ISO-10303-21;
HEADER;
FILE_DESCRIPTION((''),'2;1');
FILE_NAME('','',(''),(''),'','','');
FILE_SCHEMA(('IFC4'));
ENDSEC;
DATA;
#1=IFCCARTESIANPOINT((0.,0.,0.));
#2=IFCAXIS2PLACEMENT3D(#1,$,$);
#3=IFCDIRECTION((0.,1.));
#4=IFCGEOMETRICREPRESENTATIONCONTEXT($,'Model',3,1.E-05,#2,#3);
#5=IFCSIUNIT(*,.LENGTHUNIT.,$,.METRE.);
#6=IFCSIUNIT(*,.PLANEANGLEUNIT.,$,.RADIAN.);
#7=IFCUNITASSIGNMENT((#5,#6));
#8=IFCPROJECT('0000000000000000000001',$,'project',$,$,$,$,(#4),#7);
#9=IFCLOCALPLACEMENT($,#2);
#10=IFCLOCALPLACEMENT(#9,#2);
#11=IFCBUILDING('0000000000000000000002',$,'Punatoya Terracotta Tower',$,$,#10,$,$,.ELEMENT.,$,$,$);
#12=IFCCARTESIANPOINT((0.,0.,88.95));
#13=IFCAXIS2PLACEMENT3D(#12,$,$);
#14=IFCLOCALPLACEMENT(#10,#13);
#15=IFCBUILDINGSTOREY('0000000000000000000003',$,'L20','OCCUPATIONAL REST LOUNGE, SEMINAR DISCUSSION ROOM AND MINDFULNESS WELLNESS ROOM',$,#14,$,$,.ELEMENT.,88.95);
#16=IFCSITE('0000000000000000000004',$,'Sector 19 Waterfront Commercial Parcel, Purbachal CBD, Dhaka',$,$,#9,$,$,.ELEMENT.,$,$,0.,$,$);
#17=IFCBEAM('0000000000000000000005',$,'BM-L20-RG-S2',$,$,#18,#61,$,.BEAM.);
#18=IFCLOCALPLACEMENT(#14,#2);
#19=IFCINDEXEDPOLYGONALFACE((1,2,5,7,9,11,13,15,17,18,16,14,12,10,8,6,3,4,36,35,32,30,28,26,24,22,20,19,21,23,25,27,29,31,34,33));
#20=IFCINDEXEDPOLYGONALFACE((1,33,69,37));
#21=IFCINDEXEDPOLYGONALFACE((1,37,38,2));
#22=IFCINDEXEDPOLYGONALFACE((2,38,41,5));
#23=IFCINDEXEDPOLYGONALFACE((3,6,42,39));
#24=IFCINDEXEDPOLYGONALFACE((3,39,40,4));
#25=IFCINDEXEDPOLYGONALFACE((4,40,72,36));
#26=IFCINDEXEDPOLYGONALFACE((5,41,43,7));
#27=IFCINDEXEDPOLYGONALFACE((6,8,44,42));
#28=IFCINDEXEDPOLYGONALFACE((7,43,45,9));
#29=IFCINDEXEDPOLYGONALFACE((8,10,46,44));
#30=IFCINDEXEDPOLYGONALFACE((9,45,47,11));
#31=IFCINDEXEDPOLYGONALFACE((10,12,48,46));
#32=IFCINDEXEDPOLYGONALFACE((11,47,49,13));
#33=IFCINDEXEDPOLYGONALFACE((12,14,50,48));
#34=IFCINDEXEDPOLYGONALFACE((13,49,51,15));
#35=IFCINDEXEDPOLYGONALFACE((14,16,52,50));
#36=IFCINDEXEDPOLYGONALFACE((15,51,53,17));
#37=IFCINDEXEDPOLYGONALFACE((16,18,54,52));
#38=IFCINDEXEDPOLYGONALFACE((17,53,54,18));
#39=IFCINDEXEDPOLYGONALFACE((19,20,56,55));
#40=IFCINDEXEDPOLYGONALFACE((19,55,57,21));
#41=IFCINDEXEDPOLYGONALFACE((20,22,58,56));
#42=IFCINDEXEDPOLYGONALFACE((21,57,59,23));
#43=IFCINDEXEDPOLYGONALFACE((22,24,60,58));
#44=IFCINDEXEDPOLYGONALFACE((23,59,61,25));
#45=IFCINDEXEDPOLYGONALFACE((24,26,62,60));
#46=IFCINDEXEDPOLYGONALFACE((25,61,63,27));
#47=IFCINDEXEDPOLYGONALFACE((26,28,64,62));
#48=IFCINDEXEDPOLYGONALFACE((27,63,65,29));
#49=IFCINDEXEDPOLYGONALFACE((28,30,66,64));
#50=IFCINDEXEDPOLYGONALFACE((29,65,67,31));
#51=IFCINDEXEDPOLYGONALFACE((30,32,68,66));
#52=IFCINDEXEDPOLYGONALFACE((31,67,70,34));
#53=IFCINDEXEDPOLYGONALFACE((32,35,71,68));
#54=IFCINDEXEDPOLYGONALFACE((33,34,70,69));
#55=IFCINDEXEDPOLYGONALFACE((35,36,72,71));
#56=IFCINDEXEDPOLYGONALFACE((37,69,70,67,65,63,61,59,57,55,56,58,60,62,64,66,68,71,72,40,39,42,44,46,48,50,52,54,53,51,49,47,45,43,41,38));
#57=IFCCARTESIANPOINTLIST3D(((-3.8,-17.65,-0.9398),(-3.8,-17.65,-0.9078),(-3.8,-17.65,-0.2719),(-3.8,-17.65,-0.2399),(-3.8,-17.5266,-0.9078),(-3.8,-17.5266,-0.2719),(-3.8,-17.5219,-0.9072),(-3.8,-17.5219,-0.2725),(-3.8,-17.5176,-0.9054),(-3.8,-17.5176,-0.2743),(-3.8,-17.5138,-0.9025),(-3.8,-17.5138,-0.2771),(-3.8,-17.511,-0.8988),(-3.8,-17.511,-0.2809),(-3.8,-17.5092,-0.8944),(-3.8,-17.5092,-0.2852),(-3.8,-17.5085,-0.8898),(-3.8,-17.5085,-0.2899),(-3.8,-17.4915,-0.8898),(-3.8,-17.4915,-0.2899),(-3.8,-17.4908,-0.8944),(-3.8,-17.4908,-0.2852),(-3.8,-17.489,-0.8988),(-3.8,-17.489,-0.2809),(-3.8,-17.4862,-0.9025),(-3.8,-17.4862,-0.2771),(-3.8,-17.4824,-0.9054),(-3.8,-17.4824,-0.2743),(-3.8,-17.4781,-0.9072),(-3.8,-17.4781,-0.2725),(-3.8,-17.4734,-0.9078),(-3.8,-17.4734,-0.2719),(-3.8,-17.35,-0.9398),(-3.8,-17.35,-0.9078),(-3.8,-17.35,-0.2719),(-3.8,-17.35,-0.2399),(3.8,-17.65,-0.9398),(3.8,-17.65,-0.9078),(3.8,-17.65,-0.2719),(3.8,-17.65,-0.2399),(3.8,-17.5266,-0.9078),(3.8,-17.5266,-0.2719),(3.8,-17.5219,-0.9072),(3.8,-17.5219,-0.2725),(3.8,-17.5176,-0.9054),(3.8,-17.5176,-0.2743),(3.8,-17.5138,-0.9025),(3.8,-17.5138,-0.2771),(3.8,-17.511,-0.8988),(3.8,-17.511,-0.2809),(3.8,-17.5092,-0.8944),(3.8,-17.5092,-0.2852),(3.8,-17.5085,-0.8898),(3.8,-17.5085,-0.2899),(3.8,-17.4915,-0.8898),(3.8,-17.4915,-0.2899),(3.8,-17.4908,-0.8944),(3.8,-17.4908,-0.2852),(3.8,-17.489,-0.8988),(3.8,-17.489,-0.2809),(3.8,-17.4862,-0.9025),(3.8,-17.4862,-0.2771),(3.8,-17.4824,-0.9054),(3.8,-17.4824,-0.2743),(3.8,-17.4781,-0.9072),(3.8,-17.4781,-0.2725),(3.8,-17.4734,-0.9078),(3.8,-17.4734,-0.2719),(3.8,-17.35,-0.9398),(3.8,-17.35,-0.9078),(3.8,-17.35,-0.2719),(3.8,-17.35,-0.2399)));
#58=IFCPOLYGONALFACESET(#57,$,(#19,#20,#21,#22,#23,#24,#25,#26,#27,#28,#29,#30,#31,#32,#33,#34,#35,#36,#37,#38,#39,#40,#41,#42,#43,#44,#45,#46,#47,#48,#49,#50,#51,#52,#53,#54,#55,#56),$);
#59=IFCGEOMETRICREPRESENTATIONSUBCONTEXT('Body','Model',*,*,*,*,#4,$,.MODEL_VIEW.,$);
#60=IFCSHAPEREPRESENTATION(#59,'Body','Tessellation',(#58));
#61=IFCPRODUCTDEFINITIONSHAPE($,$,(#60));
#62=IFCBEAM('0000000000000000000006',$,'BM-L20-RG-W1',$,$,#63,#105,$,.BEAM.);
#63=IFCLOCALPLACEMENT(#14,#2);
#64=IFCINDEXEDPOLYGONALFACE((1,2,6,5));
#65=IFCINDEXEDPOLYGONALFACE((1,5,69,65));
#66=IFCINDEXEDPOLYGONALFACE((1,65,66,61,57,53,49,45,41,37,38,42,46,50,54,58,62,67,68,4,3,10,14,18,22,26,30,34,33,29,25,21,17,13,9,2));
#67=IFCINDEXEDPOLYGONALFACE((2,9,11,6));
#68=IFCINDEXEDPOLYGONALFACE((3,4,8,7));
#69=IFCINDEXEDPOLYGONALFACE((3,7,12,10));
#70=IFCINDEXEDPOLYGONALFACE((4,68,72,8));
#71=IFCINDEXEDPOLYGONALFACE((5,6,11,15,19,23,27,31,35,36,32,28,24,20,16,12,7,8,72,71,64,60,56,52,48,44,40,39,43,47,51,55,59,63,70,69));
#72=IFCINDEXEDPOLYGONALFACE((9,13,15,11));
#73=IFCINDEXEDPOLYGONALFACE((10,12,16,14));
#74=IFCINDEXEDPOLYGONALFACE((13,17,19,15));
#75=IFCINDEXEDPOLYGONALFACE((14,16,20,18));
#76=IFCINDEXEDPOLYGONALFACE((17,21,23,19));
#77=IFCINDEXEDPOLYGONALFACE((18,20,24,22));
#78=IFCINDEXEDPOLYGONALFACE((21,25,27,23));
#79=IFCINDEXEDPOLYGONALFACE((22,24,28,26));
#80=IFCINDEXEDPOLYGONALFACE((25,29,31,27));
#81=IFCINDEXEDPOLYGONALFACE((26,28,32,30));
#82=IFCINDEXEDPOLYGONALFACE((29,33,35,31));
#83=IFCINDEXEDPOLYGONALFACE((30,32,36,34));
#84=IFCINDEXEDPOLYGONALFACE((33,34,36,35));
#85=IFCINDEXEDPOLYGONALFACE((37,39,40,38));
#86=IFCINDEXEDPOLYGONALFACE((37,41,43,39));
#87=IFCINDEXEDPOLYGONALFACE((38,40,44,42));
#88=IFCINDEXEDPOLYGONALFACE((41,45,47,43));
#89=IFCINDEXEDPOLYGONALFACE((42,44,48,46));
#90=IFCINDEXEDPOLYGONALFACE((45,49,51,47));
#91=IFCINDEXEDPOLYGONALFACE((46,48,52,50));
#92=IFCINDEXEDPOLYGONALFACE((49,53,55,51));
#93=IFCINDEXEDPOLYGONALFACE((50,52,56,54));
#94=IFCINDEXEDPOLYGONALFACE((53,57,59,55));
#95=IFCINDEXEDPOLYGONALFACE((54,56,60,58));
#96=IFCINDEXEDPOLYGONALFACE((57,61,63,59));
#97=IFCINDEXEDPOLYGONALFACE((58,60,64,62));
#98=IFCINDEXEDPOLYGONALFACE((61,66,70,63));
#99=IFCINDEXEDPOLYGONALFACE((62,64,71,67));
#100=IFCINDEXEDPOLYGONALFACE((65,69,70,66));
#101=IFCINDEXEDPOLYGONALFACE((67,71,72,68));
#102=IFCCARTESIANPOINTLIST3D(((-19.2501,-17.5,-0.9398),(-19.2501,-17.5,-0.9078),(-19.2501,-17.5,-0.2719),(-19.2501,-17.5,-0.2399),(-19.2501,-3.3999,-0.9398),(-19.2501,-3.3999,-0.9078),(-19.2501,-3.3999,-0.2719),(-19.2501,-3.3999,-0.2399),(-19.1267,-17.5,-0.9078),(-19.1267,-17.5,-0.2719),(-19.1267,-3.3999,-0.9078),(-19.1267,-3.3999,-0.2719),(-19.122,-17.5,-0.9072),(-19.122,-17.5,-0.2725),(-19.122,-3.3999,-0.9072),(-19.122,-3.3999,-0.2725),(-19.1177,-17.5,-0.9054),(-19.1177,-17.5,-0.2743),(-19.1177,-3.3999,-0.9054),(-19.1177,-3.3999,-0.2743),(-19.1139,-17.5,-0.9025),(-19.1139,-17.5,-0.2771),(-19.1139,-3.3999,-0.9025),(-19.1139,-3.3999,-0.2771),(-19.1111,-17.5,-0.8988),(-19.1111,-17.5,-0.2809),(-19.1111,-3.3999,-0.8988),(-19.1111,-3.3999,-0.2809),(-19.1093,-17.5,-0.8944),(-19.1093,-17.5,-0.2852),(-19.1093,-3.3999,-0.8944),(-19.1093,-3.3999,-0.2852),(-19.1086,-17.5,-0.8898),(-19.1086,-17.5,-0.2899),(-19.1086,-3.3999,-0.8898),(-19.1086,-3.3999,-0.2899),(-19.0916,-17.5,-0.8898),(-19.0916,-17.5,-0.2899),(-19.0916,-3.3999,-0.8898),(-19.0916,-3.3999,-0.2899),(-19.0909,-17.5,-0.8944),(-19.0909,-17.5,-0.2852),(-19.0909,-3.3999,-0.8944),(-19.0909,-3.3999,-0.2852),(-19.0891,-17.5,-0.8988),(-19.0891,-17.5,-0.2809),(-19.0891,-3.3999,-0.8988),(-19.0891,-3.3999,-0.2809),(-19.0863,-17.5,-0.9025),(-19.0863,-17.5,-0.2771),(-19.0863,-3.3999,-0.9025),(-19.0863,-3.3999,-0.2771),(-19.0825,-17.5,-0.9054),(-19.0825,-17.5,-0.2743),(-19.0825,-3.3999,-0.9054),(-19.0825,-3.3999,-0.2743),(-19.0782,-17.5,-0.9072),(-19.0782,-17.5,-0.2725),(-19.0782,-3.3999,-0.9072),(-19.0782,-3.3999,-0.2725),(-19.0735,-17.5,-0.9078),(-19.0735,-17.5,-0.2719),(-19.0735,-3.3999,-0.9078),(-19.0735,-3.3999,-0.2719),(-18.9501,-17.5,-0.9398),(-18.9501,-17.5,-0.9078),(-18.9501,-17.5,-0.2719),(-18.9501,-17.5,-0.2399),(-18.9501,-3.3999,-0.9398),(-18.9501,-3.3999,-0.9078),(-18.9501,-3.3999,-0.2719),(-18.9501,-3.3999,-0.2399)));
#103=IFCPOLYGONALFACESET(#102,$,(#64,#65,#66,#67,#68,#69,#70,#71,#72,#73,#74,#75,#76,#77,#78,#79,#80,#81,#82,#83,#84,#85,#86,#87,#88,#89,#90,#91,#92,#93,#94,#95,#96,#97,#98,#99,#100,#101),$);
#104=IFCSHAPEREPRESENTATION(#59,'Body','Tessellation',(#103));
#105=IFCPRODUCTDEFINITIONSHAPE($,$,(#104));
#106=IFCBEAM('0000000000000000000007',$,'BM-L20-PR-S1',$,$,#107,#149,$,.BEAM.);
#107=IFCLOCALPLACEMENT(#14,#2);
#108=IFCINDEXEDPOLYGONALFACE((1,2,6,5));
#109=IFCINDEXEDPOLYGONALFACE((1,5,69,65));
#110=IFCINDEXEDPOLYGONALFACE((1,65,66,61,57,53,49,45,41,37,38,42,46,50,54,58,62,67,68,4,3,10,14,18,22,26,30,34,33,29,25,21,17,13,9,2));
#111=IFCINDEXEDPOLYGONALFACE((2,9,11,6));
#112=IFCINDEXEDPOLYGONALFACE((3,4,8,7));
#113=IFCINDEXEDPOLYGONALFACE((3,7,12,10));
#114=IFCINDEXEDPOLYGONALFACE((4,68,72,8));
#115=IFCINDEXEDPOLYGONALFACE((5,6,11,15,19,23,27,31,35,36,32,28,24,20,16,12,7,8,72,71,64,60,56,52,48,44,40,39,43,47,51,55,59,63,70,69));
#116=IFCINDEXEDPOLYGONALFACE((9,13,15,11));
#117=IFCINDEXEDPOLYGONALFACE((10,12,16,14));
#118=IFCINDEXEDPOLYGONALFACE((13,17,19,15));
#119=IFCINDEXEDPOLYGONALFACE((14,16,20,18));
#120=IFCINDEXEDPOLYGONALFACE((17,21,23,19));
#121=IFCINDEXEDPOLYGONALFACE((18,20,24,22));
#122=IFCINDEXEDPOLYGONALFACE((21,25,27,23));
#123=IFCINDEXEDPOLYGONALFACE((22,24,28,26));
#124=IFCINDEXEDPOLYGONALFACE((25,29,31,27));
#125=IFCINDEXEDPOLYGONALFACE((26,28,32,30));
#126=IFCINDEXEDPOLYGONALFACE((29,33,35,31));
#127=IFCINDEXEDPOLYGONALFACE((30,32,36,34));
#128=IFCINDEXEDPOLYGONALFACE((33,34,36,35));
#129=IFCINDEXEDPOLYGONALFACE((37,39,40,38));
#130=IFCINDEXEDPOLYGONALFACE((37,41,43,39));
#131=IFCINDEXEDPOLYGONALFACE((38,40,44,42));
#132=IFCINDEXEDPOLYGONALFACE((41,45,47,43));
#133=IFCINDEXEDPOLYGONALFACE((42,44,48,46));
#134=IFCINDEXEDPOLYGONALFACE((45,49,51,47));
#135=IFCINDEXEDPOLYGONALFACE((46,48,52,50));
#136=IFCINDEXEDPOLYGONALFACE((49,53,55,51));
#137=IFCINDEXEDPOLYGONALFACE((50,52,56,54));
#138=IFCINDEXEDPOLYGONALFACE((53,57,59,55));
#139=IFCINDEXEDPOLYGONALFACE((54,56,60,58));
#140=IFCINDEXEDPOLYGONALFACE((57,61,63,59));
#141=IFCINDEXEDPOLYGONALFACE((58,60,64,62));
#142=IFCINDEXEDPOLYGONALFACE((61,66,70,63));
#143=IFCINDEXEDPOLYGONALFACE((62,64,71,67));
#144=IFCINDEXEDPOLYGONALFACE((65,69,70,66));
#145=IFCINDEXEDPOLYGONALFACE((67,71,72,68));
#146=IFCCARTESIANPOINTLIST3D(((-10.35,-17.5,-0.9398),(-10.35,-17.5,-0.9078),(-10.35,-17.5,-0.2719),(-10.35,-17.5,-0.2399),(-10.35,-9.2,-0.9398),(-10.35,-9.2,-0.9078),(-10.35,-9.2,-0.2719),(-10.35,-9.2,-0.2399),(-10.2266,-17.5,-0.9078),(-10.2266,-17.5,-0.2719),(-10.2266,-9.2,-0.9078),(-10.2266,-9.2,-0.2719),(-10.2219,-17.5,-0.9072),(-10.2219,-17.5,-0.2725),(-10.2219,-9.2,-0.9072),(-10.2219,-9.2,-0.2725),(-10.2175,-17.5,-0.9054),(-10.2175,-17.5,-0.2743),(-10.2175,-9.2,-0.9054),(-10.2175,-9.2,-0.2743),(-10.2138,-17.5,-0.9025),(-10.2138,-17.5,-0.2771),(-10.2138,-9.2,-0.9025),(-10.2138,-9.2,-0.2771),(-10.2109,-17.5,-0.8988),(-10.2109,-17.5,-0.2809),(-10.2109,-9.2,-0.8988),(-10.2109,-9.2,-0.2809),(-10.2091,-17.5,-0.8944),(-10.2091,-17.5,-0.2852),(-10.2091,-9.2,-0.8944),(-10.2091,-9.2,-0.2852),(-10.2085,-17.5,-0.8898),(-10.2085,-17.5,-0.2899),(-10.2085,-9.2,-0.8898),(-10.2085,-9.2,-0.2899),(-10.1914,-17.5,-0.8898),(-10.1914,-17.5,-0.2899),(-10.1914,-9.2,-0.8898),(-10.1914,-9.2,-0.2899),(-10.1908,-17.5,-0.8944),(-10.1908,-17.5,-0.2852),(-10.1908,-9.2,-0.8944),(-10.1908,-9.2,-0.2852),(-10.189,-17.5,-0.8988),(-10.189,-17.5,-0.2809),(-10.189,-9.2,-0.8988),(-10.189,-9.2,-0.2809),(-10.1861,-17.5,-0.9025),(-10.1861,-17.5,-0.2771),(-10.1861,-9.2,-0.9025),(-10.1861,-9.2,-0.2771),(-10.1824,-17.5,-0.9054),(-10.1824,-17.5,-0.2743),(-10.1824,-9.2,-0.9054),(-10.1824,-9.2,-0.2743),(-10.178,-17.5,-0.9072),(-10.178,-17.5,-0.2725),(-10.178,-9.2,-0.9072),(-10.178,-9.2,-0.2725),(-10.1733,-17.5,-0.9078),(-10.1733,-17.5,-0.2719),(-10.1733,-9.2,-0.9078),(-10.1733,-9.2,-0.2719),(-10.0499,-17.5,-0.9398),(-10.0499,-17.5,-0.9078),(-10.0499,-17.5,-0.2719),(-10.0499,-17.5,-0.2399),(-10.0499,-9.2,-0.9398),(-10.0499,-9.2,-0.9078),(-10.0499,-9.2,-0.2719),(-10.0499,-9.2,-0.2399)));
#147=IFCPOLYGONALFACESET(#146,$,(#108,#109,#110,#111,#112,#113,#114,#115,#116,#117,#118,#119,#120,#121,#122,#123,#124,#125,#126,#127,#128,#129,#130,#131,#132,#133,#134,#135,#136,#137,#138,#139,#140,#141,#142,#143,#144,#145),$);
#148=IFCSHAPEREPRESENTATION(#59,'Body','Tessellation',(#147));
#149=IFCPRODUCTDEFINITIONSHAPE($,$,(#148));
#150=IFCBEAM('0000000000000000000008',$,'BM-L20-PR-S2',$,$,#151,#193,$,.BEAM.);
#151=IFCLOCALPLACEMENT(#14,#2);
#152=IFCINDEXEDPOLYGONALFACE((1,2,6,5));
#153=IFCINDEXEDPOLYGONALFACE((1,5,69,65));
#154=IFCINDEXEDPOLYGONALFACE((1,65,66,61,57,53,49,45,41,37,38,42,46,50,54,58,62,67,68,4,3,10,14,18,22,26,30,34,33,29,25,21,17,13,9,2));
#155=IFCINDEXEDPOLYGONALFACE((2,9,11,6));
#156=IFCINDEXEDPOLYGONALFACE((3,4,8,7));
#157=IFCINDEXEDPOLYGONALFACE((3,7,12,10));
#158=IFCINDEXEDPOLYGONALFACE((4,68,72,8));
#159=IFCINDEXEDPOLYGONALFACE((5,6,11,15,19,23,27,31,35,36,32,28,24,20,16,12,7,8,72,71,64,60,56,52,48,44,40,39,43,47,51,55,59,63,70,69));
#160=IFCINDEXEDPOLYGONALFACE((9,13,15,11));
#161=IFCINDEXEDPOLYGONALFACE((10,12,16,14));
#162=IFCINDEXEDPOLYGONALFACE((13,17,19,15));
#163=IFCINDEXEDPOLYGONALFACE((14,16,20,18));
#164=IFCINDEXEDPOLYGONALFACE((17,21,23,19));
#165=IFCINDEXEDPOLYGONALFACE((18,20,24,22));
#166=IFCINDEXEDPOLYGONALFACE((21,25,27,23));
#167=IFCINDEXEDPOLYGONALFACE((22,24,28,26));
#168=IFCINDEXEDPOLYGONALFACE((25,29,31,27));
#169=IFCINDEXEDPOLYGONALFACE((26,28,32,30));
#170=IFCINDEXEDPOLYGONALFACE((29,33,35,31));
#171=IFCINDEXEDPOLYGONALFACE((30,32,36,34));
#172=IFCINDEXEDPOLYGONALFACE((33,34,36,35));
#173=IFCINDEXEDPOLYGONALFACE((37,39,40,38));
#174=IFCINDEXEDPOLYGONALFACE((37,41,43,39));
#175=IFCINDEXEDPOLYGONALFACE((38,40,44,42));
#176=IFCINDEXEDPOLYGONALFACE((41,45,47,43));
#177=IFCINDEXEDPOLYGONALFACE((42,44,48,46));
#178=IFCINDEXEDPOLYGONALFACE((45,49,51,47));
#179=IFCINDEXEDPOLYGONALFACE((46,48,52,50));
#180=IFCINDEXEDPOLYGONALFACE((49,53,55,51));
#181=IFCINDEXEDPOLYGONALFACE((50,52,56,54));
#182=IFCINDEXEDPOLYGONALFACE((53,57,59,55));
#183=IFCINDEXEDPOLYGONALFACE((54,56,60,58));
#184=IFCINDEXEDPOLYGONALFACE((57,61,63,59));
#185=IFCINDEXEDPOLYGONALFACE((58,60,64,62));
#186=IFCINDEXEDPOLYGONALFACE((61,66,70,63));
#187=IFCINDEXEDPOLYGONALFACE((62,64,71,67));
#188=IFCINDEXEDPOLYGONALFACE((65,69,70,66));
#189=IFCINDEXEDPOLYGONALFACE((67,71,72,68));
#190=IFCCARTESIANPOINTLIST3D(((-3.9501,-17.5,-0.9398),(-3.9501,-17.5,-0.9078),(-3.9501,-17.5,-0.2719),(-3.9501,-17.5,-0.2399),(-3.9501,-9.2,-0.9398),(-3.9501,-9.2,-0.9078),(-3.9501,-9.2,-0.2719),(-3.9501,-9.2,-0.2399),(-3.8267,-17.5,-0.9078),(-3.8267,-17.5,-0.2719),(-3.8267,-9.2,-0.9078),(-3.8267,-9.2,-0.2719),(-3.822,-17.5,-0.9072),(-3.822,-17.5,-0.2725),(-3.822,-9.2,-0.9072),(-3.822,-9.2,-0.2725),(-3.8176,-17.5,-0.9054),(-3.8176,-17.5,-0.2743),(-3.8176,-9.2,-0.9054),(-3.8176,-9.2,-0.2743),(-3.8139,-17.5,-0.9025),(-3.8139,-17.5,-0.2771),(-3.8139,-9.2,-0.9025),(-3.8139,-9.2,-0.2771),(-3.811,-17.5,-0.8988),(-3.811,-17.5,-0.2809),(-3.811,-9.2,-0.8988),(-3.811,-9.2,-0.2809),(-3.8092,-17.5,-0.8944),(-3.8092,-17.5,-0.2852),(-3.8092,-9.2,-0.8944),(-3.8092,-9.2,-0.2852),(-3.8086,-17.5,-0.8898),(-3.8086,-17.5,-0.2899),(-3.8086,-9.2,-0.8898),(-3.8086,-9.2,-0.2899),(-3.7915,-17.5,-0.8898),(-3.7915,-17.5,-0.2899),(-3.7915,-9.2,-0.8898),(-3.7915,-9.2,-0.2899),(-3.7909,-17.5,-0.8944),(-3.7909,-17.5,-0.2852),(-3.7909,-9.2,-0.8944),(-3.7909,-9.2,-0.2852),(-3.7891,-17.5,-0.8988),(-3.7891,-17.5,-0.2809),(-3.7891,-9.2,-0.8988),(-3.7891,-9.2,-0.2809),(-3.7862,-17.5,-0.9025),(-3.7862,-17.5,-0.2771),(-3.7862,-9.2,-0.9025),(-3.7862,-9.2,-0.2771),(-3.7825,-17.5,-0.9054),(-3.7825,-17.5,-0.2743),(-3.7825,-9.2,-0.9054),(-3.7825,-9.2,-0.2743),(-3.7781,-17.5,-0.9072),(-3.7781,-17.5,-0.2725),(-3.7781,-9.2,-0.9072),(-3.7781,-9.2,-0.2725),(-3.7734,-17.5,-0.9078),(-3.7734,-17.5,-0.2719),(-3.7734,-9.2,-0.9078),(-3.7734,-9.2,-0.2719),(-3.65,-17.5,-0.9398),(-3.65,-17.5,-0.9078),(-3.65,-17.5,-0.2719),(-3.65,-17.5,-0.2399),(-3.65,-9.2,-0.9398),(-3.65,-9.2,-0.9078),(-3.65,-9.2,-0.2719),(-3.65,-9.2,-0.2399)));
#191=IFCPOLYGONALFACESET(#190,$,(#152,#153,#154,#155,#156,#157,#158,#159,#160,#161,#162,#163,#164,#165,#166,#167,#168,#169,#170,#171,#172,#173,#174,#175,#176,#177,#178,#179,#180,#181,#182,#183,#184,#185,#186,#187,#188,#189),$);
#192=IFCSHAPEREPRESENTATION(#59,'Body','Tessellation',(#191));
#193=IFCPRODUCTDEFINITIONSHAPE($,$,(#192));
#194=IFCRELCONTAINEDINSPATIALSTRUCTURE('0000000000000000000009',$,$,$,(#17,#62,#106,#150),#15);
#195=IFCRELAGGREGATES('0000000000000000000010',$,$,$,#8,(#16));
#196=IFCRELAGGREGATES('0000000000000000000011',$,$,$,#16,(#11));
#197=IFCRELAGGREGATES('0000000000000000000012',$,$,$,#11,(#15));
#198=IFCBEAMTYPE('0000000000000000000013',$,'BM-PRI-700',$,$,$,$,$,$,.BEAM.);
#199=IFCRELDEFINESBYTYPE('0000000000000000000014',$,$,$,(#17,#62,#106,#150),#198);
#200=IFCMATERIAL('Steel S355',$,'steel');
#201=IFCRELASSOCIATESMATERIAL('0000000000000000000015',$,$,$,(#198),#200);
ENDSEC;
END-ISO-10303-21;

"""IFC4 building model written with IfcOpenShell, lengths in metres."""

from ifc_helpers import new_model, si_unit, direction, frame, origin, origin_2d, place, context, subcontext, project, spatial, i_section, extrude, material, material_profile, profile_set, type_object, element, save


model = new_model("IFC4")

# Units and contexts
model_context = context("Model", 3, precision=1e-05, world=origin(), true_north=direction((0.0, 1.0)))
body_context = subcontext(model_context, "Body", "Model", "MODEL_VIEW")
ifc_project = project(units=[si_unit("LENGTHUNIT", "METRE"), si_unit("PLANEANGLEUNIT", "RADIAN")], contexts=[model_context])

# Site, building, storey
site_placement = place(None, origin())
site = spatial("IfcSite", under=ifc_project, at=site_placement, Name="Sector 19 Waterfront Commercial Parcel, Purbachal CBD, Dhaka", CompositionType="ELEMENT", RefElevation=0.0)
building_placement = place(site_placement, origin())
building = spatial("IfcBuilding", under=site, at=building_placement, Name="Punatoya Terracotta Tower", CompositionType="ELEMENT")
storey_placement = place(building_placement, frame((0.0, 0.0, 88.95)))
storey = spatial("IfcBuildingStorey", under=building, at=storey_placement, Name="L20", Description="OCCUPATIONAL REST LOUNGE, SEMINAR DISCUSSION ROOM AND MINDFULNESS WELLNESS ROOM", CompositionType="ELEMENT", Elevation=88.95)

# Beams
ifc_material_1 = material(Name="Steel S355", Category="steel")
ifc_material_profile_1 = material_profile(ifc_material_1, i_section(OverallWidth=0.3, OverallDepth=0.7, WebThickness=0.0171, FlangeThickness=0.032, FilletRadius=0.0181, at=origin_2d()))
ifc_profile_set_1 = profile_set([ifc_material_profile_1], Name="Steel S355")
beam_type_1 = type_object("IfcBeamType", Name="BM-PRI-700", PredefinedType="BEAM", material=ifc_profile_set_1)
beam_1_placement = place(storey_placement, frame((-3.8, -17.5, -0.5898), z_axis=(1.0, 0.0, 0.0), x_axis=(0.0, 1.0, 0.0)))
element("IfcBeam", 1, at=beam_1_placement, inside=storey, type_object=beam_type_1, Name="BM-L20-RG-S2", PredefinedType="BEAM", context=body_context, shape_type="SweptSolid", body=[
    extrude(i_section(OverallWidth=0.3, OverallDepth=0.7, WebThickness=0.0171, FlangeThickness=0.032, FilletRadius=0.0181, at=origin_2d()), origin(), (0.0, 0.0, 1.0), 7.6001),
])
beam_2_placement = place(storey_placement, frame((-19.1001, -17.5, -0.5898), z_axis=(0.0, 1.0, 0.0), x_axis=(-1.0, 0.0, 0.0)))
element("IfcBeam", 2, at=beam_2_placement, inside=storey, type_object=beam_type_1, Name="BM-L20-RG-W1", PredefinedType="BEAM", context=body_context, shape_type="SweptSolid", body=[
    extrude(i_section(OverallWidth=0.3, OverallDepth=0.7, WebThickness=0.0171, FlangeThickness=0.032, FilletRadius=0.0181, at=origin_2d()), origin(), (0.0, 0.0, 1.0), 14.1001),
])
for number, where, z_axis, x_axis, name in (
    (3, (-10.2, -17.5, -0.5898), (0.0, 1.0, 0.0), (-1.0, 0.0, 0.0), "BM-L20-PR-S1"),
    (4, (-3.8, -17.5, -0.5898), (0.0, 1.0, 0.0), (-1.0, 0.0, 0.0), "BM-L20-PR-S2"),
):
    element("IfcBeam", number, at=place(storey_placement, frame(where, z_axis=z_axis, x_axis=x_axis)), inside=storey, type_object=beam_type_1, Name=name, PredefinedType="BEAM", context=body_context, shape_type="SweptSolid", body=[
        extrude(i_section(OverallWidth=0.3, OverallDepth=0.7, WebThickness=0.0171, FlangeThickness=0.032, FilletRadius=0.0181, at=origin_2d()), origin(), (0.0, 0.0, 1.0), 8.3),
    ])

save(model, "model.ifc")
